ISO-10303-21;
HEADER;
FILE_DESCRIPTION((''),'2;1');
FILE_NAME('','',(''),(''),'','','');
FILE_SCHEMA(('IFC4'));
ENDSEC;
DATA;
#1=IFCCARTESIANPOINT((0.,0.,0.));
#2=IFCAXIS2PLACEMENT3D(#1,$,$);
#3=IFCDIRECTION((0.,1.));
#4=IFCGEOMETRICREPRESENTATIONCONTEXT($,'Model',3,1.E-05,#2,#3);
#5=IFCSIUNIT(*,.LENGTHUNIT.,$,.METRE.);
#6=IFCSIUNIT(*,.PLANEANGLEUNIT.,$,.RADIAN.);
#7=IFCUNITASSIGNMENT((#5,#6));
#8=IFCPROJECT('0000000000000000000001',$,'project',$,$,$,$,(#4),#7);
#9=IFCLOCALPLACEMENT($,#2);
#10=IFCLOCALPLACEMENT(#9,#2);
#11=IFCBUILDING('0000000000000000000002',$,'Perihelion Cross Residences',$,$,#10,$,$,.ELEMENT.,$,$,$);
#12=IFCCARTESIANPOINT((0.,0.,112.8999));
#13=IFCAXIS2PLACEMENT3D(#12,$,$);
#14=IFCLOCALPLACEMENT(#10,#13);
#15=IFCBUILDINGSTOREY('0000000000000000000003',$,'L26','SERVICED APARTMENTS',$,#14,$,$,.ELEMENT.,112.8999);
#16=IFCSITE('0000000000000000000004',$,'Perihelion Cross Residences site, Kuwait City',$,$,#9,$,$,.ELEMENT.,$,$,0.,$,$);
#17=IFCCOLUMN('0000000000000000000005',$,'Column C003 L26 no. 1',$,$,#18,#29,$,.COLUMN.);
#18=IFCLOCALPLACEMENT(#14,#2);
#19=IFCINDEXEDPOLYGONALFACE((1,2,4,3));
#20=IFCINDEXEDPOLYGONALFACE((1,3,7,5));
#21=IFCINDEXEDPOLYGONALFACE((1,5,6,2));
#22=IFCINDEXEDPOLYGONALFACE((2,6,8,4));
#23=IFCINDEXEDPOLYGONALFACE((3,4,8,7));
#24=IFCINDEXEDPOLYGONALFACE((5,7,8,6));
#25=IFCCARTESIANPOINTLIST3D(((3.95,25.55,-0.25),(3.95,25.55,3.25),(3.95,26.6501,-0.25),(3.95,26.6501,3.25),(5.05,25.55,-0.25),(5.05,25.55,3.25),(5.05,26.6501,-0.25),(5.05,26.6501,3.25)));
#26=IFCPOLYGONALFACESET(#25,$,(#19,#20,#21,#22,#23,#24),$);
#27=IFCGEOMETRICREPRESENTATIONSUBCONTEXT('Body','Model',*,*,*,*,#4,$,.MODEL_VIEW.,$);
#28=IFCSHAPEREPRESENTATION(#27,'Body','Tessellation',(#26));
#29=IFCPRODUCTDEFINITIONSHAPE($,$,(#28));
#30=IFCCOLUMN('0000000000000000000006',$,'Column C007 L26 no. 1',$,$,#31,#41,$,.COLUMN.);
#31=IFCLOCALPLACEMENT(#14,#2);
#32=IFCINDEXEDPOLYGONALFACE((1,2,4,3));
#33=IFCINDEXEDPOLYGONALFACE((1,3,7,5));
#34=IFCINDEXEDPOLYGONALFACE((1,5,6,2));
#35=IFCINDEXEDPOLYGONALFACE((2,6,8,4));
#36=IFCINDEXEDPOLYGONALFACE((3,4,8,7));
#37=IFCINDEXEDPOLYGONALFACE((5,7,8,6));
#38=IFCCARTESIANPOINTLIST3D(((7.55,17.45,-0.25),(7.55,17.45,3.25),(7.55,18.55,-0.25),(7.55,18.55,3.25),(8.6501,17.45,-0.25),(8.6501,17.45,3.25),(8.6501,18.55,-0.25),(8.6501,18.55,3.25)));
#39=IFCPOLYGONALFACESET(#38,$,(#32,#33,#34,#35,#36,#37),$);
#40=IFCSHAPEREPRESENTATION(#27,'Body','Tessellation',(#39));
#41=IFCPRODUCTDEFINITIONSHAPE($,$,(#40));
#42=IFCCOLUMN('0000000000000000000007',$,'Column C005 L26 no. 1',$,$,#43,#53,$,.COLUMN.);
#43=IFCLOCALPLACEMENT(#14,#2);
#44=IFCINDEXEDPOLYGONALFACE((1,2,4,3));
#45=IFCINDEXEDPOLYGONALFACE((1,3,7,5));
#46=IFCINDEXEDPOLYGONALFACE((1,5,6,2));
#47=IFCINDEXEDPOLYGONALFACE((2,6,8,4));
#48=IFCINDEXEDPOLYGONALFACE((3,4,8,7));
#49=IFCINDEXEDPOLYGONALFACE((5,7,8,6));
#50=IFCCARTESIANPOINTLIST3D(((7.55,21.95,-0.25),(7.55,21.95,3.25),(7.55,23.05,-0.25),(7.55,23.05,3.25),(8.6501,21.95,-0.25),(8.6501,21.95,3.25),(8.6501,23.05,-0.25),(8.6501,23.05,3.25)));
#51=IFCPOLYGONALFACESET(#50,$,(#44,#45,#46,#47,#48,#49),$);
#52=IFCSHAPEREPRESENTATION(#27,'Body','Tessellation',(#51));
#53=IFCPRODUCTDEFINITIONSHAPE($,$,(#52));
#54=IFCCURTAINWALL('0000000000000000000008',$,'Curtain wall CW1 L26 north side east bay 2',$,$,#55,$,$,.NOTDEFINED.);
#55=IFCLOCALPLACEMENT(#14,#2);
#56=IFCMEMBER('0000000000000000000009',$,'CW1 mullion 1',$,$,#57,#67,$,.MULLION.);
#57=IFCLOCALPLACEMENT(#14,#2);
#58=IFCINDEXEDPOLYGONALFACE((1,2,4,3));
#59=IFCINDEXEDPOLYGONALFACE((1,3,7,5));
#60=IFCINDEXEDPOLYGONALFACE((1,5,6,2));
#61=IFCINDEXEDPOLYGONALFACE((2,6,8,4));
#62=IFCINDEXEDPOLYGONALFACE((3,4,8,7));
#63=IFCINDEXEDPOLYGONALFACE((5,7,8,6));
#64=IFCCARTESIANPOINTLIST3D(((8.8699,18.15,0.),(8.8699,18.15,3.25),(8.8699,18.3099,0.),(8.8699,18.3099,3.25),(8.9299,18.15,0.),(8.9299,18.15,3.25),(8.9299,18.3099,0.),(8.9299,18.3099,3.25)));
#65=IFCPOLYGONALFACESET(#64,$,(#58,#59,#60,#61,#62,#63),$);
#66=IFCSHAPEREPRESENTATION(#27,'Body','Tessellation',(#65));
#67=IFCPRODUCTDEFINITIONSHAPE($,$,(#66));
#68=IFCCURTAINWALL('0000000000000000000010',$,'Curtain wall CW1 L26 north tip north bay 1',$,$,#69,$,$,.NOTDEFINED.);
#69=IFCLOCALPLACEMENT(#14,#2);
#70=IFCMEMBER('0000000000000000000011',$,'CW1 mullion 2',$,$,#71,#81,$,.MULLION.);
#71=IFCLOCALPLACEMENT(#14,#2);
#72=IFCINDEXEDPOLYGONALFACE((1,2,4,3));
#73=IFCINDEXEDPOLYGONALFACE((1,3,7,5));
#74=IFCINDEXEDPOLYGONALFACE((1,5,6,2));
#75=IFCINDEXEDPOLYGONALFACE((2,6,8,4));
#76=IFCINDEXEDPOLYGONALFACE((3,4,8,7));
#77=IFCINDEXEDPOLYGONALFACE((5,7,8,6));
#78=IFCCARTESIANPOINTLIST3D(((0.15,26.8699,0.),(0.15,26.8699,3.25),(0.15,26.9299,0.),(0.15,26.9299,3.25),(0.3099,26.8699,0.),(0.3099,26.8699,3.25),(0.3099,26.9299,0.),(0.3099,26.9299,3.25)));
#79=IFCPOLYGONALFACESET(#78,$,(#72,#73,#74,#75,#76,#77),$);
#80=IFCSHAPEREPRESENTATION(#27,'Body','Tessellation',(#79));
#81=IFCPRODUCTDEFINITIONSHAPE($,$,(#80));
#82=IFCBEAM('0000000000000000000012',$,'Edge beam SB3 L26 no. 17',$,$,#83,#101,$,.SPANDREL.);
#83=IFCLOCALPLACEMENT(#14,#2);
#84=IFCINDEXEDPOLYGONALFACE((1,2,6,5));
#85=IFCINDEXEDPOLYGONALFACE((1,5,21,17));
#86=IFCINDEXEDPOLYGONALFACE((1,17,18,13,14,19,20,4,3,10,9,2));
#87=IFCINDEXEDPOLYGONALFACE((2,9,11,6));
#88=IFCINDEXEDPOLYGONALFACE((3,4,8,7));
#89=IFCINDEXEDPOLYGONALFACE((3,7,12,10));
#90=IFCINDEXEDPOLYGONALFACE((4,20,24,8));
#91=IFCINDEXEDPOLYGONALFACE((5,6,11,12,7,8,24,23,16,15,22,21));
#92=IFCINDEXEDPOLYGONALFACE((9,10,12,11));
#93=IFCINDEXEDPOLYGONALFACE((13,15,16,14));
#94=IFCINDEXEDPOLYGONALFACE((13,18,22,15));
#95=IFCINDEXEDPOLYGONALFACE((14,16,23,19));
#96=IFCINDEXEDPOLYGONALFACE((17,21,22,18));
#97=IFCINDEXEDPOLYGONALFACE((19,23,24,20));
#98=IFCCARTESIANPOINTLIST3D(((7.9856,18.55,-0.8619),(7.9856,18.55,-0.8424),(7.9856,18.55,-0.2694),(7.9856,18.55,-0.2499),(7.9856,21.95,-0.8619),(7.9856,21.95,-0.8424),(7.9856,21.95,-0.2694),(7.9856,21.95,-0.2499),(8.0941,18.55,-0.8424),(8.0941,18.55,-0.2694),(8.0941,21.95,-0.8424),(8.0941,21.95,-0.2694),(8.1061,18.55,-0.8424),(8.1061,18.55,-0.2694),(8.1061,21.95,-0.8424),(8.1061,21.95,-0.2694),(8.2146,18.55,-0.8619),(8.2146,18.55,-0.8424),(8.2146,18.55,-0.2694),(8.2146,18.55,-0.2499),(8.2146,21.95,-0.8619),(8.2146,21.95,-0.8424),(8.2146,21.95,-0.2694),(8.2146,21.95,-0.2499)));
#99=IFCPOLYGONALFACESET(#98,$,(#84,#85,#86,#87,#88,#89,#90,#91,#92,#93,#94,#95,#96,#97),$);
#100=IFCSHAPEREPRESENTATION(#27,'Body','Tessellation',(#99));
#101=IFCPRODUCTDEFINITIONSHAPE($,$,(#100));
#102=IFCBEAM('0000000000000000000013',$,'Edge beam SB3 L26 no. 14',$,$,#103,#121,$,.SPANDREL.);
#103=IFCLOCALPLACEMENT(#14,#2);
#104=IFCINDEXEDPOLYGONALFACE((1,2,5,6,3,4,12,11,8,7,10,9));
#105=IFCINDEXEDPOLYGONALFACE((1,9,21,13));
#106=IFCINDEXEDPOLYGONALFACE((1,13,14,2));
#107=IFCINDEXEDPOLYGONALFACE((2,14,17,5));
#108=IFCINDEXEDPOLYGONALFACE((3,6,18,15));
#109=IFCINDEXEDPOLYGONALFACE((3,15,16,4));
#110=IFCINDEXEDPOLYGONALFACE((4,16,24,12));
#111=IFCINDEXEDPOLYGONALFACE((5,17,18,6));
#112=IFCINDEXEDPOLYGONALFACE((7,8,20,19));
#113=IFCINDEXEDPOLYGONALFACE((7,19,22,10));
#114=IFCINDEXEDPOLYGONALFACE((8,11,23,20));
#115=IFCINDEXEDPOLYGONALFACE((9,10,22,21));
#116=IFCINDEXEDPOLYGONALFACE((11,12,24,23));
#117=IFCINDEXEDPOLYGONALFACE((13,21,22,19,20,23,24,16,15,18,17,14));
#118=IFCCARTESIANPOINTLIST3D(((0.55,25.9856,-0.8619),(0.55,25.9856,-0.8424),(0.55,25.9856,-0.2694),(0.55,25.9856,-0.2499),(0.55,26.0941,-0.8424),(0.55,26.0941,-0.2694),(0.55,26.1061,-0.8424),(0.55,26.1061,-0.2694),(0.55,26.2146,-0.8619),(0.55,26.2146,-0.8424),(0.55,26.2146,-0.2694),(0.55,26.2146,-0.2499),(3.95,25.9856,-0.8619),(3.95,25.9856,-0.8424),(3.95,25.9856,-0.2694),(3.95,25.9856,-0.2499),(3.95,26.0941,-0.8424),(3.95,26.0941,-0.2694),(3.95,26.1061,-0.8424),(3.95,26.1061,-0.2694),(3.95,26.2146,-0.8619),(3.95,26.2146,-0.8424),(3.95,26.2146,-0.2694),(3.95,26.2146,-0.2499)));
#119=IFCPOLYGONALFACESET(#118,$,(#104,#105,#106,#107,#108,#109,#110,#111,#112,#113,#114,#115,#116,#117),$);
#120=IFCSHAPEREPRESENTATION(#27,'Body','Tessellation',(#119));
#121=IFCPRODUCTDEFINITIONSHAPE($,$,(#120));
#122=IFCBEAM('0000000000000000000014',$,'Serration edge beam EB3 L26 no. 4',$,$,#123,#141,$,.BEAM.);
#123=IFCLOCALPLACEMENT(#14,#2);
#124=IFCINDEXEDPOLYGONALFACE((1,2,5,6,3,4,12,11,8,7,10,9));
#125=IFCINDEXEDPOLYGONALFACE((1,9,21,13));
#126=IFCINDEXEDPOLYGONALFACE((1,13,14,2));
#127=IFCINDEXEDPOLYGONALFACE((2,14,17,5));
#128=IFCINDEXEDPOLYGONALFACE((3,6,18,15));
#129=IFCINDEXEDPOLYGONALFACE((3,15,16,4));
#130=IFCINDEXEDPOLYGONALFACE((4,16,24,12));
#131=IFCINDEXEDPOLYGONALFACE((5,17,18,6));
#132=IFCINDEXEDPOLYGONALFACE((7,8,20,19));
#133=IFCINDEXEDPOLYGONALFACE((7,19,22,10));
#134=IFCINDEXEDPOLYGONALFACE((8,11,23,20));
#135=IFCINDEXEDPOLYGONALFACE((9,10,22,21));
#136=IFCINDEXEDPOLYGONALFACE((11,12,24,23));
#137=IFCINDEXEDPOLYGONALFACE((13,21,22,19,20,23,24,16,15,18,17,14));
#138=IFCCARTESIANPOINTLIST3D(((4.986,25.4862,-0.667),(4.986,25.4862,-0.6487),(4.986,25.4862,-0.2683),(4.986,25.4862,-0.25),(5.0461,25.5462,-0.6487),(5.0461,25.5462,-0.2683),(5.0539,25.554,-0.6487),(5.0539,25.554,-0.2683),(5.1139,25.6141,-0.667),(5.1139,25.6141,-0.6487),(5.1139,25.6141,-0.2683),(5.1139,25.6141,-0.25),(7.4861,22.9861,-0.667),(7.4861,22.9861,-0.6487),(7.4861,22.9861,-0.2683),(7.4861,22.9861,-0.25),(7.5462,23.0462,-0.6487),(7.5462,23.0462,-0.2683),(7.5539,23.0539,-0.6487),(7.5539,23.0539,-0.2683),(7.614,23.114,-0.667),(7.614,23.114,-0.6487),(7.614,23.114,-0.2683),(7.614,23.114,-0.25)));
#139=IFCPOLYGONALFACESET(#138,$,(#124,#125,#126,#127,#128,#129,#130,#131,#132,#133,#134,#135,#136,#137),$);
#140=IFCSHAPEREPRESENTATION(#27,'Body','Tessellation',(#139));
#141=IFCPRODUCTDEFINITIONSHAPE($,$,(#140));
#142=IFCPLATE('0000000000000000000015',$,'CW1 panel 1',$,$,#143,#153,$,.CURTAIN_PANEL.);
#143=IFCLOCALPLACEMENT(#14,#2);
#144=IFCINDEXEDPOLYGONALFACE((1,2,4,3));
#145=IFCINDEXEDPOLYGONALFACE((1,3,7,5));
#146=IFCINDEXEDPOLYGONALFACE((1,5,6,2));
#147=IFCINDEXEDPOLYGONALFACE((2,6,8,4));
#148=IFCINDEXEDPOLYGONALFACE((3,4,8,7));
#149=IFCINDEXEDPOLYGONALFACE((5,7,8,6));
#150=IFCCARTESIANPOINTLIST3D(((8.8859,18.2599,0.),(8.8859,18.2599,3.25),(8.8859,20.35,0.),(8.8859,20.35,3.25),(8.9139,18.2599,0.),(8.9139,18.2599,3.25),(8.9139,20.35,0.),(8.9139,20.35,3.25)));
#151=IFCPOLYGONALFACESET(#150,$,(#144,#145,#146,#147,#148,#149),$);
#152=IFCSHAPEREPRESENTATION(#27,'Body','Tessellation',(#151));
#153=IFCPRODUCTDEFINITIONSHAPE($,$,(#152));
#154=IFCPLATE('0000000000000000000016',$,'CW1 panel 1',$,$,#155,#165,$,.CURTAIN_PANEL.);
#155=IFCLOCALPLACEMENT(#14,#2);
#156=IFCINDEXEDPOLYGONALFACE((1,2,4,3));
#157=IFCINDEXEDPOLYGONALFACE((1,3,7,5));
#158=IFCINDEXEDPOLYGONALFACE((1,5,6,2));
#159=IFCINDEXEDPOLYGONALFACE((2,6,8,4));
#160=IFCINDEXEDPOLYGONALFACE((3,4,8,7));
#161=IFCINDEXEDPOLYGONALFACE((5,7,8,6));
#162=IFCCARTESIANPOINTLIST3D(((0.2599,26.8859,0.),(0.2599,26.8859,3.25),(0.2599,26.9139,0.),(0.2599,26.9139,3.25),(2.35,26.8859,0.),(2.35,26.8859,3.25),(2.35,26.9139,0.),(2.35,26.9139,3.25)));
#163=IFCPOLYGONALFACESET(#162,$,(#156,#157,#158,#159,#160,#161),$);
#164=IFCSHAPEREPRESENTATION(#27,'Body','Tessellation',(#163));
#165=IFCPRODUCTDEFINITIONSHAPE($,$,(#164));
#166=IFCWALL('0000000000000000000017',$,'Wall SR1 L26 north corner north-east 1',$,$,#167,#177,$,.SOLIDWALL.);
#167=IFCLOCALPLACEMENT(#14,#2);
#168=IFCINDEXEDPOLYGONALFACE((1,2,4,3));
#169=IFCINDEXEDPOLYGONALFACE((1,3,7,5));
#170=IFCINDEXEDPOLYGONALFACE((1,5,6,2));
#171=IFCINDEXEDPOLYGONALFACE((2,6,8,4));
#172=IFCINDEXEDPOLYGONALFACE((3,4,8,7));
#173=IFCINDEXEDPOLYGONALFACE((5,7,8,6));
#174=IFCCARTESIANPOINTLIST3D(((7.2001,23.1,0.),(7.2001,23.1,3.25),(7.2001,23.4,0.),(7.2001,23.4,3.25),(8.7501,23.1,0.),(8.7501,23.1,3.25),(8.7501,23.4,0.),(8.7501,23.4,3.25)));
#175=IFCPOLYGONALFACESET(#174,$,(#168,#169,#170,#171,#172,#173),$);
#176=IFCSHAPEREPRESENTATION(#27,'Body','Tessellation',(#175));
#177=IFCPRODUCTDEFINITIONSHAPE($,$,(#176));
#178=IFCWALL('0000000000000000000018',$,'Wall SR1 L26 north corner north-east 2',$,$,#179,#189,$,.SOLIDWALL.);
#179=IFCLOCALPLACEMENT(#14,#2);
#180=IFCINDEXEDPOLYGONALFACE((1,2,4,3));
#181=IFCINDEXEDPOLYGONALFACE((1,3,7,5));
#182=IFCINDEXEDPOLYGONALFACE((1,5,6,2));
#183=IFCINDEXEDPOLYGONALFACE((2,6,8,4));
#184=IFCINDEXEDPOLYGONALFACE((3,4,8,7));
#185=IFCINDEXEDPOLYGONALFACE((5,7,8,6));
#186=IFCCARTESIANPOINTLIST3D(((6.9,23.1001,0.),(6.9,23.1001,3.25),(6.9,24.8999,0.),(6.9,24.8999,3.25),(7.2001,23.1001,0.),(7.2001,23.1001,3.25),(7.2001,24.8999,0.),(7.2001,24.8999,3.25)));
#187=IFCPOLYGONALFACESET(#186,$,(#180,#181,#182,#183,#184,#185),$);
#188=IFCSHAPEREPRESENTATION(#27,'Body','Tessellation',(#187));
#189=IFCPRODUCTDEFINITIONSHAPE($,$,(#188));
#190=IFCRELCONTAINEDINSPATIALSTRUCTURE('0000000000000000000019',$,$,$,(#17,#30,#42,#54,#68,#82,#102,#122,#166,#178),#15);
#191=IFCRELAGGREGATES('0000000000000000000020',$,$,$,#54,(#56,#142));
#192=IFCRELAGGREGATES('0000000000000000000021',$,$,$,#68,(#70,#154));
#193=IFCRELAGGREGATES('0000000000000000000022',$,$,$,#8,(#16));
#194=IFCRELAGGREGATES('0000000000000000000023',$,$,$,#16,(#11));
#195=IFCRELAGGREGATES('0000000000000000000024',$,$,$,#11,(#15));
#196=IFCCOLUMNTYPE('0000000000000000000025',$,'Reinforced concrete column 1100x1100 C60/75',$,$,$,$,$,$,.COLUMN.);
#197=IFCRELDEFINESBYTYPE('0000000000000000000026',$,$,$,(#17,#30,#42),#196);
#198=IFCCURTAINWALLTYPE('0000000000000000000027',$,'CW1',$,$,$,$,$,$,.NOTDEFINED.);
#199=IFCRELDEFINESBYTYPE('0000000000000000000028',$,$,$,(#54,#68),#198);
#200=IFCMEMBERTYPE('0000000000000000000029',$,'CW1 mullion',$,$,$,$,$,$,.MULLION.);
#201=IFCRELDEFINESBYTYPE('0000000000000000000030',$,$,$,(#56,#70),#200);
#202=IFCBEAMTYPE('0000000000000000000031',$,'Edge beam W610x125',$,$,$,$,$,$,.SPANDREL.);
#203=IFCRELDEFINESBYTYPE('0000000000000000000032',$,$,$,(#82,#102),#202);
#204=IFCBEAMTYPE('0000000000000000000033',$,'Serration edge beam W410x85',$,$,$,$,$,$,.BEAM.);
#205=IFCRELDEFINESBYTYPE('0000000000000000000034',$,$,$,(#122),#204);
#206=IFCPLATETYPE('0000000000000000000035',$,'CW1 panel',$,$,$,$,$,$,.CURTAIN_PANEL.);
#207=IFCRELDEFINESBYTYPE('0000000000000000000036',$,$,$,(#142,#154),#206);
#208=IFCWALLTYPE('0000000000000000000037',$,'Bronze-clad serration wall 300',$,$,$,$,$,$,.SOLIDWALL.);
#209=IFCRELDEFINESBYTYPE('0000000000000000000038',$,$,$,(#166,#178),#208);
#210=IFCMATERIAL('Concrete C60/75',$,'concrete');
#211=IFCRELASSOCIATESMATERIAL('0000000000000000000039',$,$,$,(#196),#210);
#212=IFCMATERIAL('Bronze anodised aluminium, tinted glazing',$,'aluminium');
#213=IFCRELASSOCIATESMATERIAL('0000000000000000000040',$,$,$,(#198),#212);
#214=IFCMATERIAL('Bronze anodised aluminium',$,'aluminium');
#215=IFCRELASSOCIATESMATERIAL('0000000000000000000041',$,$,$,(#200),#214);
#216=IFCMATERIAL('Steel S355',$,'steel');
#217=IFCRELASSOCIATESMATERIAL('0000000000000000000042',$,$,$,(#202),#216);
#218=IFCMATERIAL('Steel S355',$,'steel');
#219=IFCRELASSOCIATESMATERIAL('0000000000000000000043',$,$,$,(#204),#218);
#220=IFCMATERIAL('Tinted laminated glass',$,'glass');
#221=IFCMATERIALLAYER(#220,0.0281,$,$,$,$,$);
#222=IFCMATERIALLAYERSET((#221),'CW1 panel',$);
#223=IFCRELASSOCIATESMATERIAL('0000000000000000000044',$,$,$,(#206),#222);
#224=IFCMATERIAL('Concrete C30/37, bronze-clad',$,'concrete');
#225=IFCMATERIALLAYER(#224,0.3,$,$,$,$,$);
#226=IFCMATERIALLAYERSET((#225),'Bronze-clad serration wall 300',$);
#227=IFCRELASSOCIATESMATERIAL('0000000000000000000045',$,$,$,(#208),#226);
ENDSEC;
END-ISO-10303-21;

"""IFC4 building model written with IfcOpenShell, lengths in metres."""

from ifc_helpers import new_model, si_unit, direction, frame, frame_2d, origin, origin_2d, place, context, subcontext, project, spatial, rectangle, i_section, extrude, material, layer, layer_set, material_profile, profile_set, type_object, element, aggregate, save


model = new_model("IFC4")

# Units and contexts
model_context = context("Model", 3, precision=1e-05, world=origin(), true_north=direction((0.0, 1.0)))
body_context = subcontext(model_context, "Body", "Model", "MODEL_VIEW")
ifc_project = project(units=[si_unit("LENGTHUNIT", "METRE"), si_unit("PLANEANGLEUNIT", "RADIAN")], contexts=[model_context])

# Site, building, storey
site_placement = place(None, origin())
site = spatial("IfcSite", under=ifc_project, at=site_placement, Name="Perihelion Cross Residences site, Kuwait City", CompositionType="ELEMENT", RefElevation=0.0)
building_placement = place(site_placement, origin())
building = spatial("IfcBuilding", under=site, at=building_placement, Name="Perihelion Cross Residences", CompositionType="ELEMENT")
storey_placement = place(building_placement, frame((0.0, 0.0, 112.8999)))
storey = spatial("IfcBuildingStorey", under=building, at=storey_placement, Name="L26", Description="SERVICED APARTMENTS", CompositionType="ELEMENT", Elevation=112.8999)

# Columns
ifc_material_1 = material(Name="Concrete C60/75", Category="concrete")
ifc_material_profile_1 = material_profile(ifc_material_1, rectangle(XDim=1.1001, YDim=1.1001, at=origin_2d()), Name="RC 1100x1100")
ifc_profile_set_1 = profile_set([ifc_material_profile_1], Name="Concrete C60/75")
column_type = type_object("IfcColumnType", Name="Reinforced concrete column 1100x1100 C60/75", PredefinedType="COLUMN", material=ifc_profile_set_1)
for number, where, z_axis, x_axis, name in (
    (1, (4.5, 26.1001, -0.25), (0.0, 0.0, 1.0), (1.0, 0.0, 0.0), "Column C003 L26 no. 1"),
    (2, (8.1001, 18.0, -0.25), (0.0, 0.0, 1.0), (1.0, 0.0, 0.0), "Column C007 L26 no. 1"),
    (3, (8.1001, 22.5, -0.25), (0.0, 0.0, 1.0), (1.0, 0.0, 0.0), "Column C005 L26 no. 1"),
):
    element("IfcColumn", number, at=place(storey_placement, frame(where, z_axis=z_axis, x_axis=x_axis)), inside=storey, type_object=column_type, Name=name, PredefinedType="COLUMN", context=body_context, shape_type="SweptSolid", body=[
        extrude(rectangle(XDim=1.1001, YDim=1.1001, at=origin_2d()), origin(), (0.0, 0.0, 1.0), 3.5),
    ])

# Curtain walls, members
ifc_material_2 = material(Name="Bronze anodised aluminium, tinted glazing", Category="aluminium")
curtain_wall_type = type_object("IfcCurtainWallType", Name="CW1", PredefinedType="NOTDEFINED", material=ifc_material_2)
curtain_wall_1_placement = place(storey_placement, origin())
curtain_wall_1 = element("IfcCurtainWall", 4, at=curtain_wall_1_placement, inside=storey, type_object=curtain_wall_type, Name="Curtain wall CW1 L26 north side east bay 2", PredefinedType="NOTDEFINED")
ifc_material_3 = material(Name="Bronze anodised aluminium", Category="aluminium")
ifc_material_profile_2 = material_profile(ifc_material_3, rectangle(XDim=0.0601, YDim=0.1599, at=origin_2d()), Name="CW1 mullion")
ifc_profile_set_2 = profile_set([ifc_material_profile_2], Name="Bronze anodised aluminium")
member_type = type_object("IfcMemberType", Name="CW1 mullion", PredefinedType="MULLION", material=ifc_profile_set_2)
member_1_placement = place(storey_placement, frame((8.8999, 18.23, 0.0), z_axis=(0.0, 0.0, 1.0), x_axis=(-1.0, 0.0, 0.0)))
member_1 = element("IfcMember", 5, at=member_1_placement, type_object=member_type, Name="CW1 mullion 1", PredefinedType="MULLION", context=body_context, shape_type="SweptSolid", body=[
    extrude(rectangle(XDim=0.0601, YDim=0.1599, at=origin_2d()), origin(), (0.0, 0.0, 1.0), 3.25),
])
curtain_wall_2_placement = place(storey_placement, origin())
curtain_wall_2 = element("IfcCurtainWall", 6, at=curtain_wall_2_placement, inside=storey, type_object=curtain_wall_type, Name="Curtain wall CW1 L26 north tip north bay 1", PredefinedType="NOTDEFINED")
member_2_placement = place(storey_placement, frame((0.23, 26.8999, 0.0), z_axis=(0.0, 0.0, 1.0), x_axis=(0.0, -1.0, 0.0)))
member_2 = element("IfcMember", 7, at=member_2_placement, type_object=member_type, Name="CW1 mullion 2", PredefinedType="MULLION", context=body_context, shape_type="SweptSolid", body=[
    extrude(rectangle(XDim=0.0601, YDim=0.1599, at=origin_2d()), origin(), (0.0, 0.0, 1.0), 3.25),
])

# Beams
ifc_material_4 = material(Name="Steel S355", Category="steel")
ifc_material_profile_3 = material_profile(ifc_material_4, i_section(OverallWidth=0.229, OverallDepth=0.6121, WebThickness=0.012, FlangeThickness=0.0195, at=origin_2d()), Name="W610x125")
ifc_profile_set_3 = profile_set([ifc_material_profile_3], Name="Steel S355")
beam_type_1 = type_object("IfcBeamType", Name="Edge beam W610x125", PredefinedType="SPANDREL", material=ifc_profile_set_3)
for number, where, z_axis, x_axis, name in (
    (8, (8.1001, 18.55, -0.5559), (0.0, 1.0, 0.0), (-1.0, 0.0, 0.0), "Edge beam SB3 L26 no. 17"),
    (9, (3.95, 26.1001, -0.5559), (-1.0, 0.0, 0.0), (0.0, -1.0, 0.0), "Edge beam SB3 L26 no. 14"),
):
    element("IfcBeam", number, at=place(storey_placement, frame(where, z_axis=z_axis, x_axis=x_axis)), inside=storey, type_object=beam_type_1, Name=name, PredefinedType="SPANDREL", context=body_context, shape_type="SweptSolid", body=[
        extrude(i_section(OverallWidth=0.229, OverallDepth=0.6121, WebThickness=0.012, FlangeThickness=0.0195, at=origin_2d()), origin(), (0.0, 0.0, 1.0), 3.3999),
    ])
ifc_material_5 = material(Name="Steel S355", Category="steel")
ifc_material_profile_4 = material_profile(ifc_material_5, i_section(OverallWidth=0.1809, OverallDepth=0.417, WebThickness=0.011, FlangeThickness=0.0183, at=origin_2d()), Name="W410x85")
ifc_profile_set_4 = profile_set([ifc_material_profile_4], Name="Steel S355")
beam_type_2 = type_object("IfcBeamType", Name="Serration edge beam W410x85", PredefinedType="BEAM", material=ifc_profile_set_4)
beam_placement = place(storey_placement, frame((7.55, 23.05, -0.4585), z_axis=(-0.707107, 0.707107, 0.0), x_axis=(-0.707107, -0.707107, 0.0)))
element("IfcBeam", 10, at=beam_placement, inside=storey, type_object=beam_type_2, Name="Serration edge beam EB3 L26 no. 4", PredefinedType="BEAM", context=body_context, shape_type="SweptSolid", body=[
    extrude(i_section(OverallWidth=0.1809, OverallDepth=0.417, WebThickness=0.011, FlangeThickness=0.0183, at=origin_2d()), origin(), (0.0, 0.0, 1.0), 3.5356),
])

# Plates
ifc_material_6 = material(Name="Tinted laminated glass", Category="glass")
ifc_layer_1 = layer(ifc_material_6, 0.0281)
ifc_layer_set_1 = layer_set([ifc_layer_1], Name="CW1 panel")
plate_type = type_object("IfcPlateType", Name="CW1 panel", PredefinedType="CURTAIN_PANEL", material=ifc_layer_set_1)
plate_1_placement = place(storey_placement, frame((8.8999, 19.3049, 0.0), z_axis=(0.0, 0.0, 1.0), x_axis=(0.0, 1.0, 0.0)))
plate_1 = element("IfcPlate", 11, at=plate_1_placement, type_object=plate_type, Name="CW1 panel 1", PredefinedType="CURTAIN_PANEL", context=body_context, shape_type="SweptSolid", body=[
    extrude(rectangle(XDim=2.0901, YDim=0.0281, at=origin_2d()), origin(), (0.0, 0.0, 1.0), 3.25),
])
aggregate(curtain_wall_1, [member_1, plate_1])
plate_2_placement = place(storey_placement, frame((1.3049, 26.8999, 0.0), z_axis=(0.0, 0.0, 1.0), x_axis=(-1.0, 0.0, 0.0)))
plate_2 = element("IfcPlate", 12, at=plate_2_placement, type_object=plate_type, Name="CW1 panel 1", PredefinedType="CURTAIN_PANEL", context=body_context, shape_type="SweptSolid", body=[
    extrude(rectangle(XDim=2.0901, YDim=0.0281, at=origin_2d()), origin(), (0.0, 0.0, 1.0), 3.25),
])
aggregate(curtain_wall_2, [member_2, plate_2])

# Walls
ifc_material_7 = material(Name="Concrete C30/37, bronze-clad", Category="concrete")
ifc_layer_2 = layer(ifc_material_7, 0.3)
ifc_layer_set_2 = layer_set([ifc_layer_2], Name="Bronze-clad serration wall 300")
wall_type_1 = type_object("IfcWallType", Name="Bronze-clad serration wall 300", PredefinedType="SOLIDWALL", material=ifc_layer_set_2)
wall_1_placement = place(storey_placement, frame((8.75, 23.25, 0.0), z_axis=(0.0, 0.0, 1.0), x_axis=(-1.0, 0.0, 0.0)))
element("IfcWall", 13, at=wall_1_placement, inside=storey, type_object=wall_type_1, Name="Wall SR1 L26 north corner north-east 1", PredefinedType="SOLIDWALL", context=body_context, shape_type="SweptSolid", body=[
    extrude(rectangle(XDim=1.55, YDim=0.3, at=frame_2d((0.7749, 0.0))), origin(), (0.0, 0.0, 1.0), 3.25),
])
wall_2_placement = place(storey_placement, frame((7.05, 23.1001, 0.0), z_axis=(0.0, 0.0, 1.0), x_axis=(0.0, 1.0, 0.0)))
element("IfcWall", 14, at=wall_2_placement, inside=storey, type_object=wall_type_1, Name="Wall SR1 L26 north corner north-east 2", PredefinedType="SOLIDWALL", context=body_context, shape_type="SweptSolid", body=[
    extrude(rectangle(XDim=1.7998, YDim=0.3, at=frame_2d((0.8999, 0.0))), origin(), (0.0, 0.0, 1.0), 3.25),
])

save(model, "model.ifc")
